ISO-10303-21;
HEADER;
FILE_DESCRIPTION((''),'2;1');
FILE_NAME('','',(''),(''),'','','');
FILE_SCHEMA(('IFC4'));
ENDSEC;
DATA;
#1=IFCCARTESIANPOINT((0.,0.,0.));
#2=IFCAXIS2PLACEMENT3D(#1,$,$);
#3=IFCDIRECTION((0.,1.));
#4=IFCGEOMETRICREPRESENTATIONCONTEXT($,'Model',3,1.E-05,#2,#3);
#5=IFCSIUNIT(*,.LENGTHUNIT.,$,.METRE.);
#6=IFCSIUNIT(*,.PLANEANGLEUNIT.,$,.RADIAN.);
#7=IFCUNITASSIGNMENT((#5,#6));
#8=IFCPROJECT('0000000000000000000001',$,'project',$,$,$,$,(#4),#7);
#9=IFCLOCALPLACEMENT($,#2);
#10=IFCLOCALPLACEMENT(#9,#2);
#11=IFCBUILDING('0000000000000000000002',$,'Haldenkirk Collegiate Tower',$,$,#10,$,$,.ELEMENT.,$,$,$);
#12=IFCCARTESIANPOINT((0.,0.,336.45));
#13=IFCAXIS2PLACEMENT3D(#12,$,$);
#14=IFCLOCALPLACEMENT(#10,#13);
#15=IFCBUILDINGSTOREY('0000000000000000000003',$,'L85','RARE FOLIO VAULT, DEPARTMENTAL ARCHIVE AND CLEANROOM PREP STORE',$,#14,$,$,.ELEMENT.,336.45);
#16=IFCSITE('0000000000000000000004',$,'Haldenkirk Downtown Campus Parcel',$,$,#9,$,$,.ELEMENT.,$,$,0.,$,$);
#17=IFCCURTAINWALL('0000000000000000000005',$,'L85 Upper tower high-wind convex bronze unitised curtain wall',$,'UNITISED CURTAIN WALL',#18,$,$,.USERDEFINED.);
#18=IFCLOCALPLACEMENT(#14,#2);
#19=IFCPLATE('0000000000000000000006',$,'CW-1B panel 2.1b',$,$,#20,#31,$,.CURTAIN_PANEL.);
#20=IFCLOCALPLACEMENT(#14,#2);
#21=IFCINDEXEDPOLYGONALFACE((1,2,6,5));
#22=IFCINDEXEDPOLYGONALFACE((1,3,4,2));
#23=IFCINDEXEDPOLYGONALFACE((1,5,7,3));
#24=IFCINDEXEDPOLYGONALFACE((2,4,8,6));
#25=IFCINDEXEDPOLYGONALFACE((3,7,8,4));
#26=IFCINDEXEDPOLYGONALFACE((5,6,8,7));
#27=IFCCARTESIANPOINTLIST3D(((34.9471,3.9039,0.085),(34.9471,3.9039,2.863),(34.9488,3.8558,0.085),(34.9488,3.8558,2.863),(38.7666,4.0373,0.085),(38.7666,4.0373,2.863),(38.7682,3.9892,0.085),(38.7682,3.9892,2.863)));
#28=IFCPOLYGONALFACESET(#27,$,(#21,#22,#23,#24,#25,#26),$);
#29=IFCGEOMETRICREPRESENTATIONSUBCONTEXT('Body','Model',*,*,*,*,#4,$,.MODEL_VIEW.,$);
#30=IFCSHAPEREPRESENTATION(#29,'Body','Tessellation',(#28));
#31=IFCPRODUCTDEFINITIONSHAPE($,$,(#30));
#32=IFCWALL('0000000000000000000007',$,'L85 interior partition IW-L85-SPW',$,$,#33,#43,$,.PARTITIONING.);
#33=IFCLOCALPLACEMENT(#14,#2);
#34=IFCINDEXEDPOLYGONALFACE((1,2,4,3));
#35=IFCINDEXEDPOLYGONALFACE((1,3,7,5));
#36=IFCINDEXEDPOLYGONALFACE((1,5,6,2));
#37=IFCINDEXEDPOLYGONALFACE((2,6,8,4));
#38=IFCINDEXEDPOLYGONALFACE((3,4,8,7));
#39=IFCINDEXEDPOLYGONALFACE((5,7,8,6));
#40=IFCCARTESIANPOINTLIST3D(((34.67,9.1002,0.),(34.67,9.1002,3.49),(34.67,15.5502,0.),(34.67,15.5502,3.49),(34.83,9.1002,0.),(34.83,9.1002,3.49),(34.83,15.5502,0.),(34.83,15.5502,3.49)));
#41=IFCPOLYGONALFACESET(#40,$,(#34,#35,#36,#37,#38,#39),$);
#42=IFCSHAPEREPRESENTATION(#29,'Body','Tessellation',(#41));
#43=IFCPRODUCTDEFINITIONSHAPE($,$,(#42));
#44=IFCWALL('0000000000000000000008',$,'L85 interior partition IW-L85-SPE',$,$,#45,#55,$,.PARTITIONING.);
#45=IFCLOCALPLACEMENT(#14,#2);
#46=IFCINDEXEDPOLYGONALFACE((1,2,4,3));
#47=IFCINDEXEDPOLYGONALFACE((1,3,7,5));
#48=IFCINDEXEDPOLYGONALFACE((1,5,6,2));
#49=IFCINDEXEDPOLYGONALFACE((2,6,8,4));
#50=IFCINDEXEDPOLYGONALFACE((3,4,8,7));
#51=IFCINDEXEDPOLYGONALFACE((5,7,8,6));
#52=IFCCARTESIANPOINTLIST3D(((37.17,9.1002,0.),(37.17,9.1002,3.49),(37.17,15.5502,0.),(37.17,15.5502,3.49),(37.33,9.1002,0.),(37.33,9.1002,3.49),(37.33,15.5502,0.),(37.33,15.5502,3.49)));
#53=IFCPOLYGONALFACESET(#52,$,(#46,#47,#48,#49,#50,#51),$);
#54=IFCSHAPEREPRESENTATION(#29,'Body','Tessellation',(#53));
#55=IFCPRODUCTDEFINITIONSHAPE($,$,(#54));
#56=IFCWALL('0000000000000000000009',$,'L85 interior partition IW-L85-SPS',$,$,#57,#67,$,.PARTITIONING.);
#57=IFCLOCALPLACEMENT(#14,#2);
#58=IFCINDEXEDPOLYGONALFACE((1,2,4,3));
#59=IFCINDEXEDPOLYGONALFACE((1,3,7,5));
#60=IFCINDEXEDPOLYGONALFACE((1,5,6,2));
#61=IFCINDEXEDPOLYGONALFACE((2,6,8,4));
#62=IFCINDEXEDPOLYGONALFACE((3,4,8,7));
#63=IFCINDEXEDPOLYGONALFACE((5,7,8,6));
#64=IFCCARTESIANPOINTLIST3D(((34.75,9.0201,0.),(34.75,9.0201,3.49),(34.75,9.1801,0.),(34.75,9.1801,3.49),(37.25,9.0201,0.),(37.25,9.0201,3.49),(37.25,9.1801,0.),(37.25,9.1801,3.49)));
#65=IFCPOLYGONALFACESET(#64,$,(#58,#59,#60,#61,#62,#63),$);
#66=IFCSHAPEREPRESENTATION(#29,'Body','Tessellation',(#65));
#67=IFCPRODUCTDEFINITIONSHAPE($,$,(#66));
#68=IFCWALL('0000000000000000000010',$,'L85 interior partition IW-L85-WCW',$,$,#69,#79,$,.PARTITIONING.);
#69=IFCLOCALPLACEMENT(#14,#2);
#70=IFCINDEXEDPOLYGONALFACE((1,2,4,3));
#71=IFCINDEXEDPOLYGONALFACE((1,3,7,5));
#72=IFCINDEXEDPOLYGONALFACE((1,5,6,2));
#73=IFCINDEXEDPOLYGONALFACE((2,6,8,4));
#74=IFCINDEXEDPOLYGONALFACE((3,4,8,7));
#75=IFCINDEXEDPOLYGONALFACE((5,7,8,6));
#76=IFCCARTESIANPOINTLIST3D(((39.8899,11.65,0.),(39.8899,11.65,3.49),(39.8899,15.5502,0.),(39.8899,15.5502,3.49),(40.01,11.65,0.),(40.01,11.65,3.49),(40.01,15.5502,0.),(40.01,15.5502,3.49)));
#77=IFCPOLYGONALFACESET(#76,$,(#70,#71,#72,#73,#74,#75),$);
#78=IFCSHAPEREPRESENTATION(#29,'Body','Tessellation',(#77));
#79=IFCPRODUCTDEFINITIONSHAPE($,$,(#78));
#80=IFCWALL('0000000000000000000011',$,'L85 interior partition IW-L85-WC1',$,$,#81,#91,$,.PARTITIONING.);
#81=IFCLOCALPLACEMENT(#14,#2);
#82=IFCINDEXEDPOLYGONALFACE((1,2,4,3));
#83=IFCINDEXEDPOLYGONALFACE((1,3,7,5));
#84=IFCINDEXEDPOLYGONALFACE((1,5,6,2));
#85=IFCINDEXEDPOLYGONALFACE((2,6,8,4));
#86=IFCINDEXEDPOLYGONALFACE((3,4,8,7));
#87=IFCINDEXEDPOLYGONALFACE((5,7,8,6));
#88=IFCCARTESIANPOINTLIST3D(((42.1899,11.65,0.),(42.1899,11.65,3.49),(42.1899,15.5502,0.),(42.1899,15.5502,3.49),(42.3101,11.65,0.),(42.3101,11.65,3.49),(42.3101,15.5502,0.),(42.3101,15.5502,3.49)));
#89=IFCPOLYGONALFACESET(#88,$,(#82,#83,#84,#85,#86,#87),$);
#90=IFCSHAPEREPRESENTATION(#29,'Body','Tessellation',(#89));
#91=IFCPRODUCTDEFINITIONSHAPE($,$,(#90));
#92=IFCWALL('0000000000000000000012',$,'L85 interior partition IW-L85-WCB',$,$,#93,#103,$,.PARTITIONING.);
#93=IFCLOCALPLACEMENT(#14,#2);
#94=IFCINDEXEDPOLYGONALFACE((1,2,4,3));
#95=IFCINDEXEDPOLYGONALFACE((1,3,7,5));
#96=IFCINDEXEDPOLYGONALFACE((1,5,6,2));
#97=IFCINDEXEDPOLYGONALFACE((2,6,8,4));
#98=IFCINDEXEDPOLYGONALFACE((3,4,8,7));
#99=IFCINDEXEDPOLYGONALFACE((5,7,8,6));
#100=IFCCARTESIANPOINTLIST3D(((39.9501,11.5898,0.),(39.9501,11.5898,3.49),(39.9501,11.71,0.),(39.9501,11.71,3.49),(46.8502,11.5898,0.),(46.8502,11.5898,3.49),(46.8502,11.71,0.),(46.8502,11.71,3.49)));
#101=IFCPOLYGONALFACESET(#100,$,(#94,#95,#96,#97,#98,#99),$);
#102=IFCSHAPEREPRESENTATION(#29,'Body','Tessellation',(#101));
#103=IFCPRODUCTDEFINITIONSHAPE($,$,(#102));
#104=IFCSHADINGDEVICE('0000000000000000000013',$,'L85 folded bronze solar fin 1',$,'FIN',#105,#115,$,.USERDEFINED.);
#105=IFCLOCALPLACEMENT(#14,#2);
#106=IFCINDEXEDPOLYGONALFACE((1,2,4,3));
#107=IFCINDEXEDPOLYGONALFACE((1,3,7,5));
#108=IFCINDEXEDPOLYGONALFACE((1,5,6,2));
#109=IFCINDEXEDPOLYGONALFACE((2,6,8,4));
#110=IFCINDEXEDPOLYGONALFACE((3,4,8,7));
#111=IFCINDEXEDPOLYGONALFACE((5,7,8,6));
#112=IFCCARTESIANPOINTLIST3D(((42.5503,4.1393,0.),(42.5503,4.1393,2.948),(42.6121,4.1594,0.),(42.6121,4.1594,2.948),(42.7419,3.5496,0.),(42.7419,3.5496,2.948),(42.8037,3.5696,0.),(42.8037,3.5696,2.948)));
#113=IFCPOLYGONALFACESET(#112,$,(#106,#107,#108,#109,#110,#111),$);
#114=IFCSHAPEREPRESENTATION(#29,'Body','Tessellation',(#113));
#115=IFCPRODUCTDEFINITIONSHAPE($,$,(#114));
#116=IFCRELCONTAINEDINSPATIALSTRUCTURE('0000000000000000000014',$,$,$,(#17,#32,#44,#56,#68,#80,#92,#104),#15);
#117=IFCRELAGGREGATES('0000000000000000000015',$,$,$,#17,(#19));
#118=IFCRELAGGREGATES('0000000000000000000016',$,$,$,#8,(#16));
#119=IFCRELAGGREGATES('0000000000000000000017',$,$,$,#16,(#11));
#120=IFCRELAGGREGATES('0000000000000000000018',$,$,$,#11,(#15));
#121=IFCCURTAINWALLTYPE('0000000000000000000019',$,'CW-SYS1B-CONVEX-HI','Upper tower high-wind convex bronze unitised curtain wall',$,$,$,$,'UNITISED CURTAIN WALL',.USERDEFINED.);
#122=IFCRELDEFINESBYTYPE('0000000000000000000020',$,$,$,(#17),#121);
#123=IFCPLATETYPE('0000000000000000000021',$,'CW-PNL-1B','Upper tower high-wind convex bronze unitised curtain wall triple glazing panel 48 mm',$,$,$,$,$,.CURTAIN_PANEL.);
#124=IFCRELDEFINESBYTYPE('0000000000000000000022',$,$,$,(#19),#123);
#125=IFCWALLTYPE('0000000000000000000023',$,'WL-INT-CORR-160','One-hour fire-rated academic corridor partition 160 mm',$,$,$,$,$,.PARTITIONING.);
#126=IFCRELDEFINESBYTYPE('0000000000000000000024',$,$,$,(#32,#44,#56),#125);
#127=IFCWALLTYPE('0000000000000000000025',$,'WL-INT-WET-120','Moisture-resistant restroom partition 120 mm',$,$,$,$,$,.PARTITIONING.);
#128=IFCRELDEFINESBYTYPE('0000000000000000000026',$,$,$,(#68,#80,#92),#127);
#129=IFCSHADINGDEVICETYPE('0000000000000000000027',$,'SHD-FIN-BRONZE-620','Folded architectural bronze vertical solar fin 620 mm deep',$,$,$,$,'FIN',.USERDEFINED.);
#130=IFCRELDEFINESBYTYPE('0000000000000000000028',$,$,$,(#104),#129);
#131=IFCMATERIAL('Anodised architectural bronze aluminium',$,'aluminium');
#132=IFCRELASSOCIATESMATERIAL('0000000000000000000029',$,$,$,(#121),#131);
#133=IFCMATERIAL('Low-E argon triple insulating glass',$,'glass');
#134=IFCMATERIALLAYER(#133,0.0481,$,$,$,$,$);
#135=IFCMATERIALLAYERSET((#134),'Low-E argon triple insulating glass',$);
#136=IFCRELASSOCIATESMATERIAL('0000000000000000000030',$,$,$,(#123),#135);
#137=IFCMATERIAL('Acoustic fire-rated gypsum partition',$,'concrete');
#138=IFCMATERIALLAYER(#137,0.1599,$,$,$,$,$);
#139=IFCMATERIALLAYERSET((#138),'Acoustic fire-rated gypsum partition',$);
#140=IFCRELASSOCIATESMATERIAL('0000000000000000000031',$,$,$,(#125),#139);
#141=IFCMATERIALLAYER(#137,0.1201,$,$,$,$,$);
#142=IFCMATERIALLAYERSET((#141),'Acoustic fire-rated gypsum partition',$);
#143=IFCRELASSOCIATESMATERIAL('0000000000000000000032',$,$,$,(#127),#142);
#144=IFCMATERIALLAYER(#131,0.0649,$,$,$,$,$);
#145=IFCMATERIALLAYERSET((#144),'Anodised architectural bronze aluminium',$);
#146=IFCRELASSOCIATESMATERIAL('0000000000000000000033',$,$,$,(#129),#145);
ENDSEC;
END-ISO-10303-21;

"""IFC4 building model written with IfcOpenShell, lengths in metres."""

from ifc_helpers import new_model, si_unit, direction, frame, frame_2d, origin, origin_2d, place, context, subcontext, project, spatial, rectangle, extrude, source, transform, mapped, material, layer, layer_set, type_object, element, aggregate, save


model = new_model("IFC4")

# Units and contexts
model_context = context("Model", 3, precision=1e-05, world=origin(), true_north=direction((0.0, 1.0)))
body_context = subcontext(model_context, "Body", "Model", "MODEL_VIEW")
ifc_project = project(units=[si_unit("LENGTHUNIT", "METRE"), si_unit("PLANEANGLEUNIT", "RADIAN")], contexts=[model_context])

# Site, building, storey
site_placement = place(None, origin())
site = spatial("IfcSite", under=ifc_project, at=site_placement, Name="Haldenkirk Downtown Campus Parcel", CompositionType="ELEMENT", RefElevation=0.0)
building_placement = place(site_placement, origin())
building = spatial("IfcBuilding", under=site, at=building_placement, Name="Haldenkirk Collegiate Tower", CompositionType="ELEMENT")
storey_placement = place(building_placement, frame((0.0, 0.0, 336.45)))
storey = spatial("IfcBuildingStorey", under=building, at=storey_placement, Name="L85", Description="RARE FOLIO VAULT, DEPARTMENTAL ARCHIVE AND CLEANROOM PREP STORE", CompositionType="ELEMENT", Elevation=336.45)

# Curtain wall, plate
ifc_material_1 = material(Name="Anodised architectural bronze aluminium", Category="aluminium")
curtain_wall_type = type_object("IfcCurtainWallType", Name="CW-SYS1B-CONVEX-HI", Description="Upper tower high-wind convex bronze unitised curtain wall", ElementType="UNITISED CURTAIN WALL", PredefinedType="USERDEFINED", material=ifc_material_1)
curtain_wall_placement = place(storey_placement, origin())
curtain_wall = element("IfcCurtainWall", 1, at=curtain_wall_placement, inside=storey, type_object=curtain_wall_type, Name="L85 Upper tower high-wind convex bronze unitised curtain wall", ObjectType="UNITISED CURTAIN WALL", PredefinedType="USERDEFINED")
ifc_material_2 = material(Name="Low-E argon triple insulating glass", Category="glass")
ifc_layer_1 = layer(ifc_material_2, 0.0481)
ifc_layer_set_1 = layer_set([ifc_layer_1], Name="Low-E argon triple insulating glass")
plate_type_1 = type_object("IfcPlateType", Name="CW-PNL-1B", Description="Upper tower high-wind convex bronze unitised curtain wall triple glazing panel 48 mm", PredefinedType="CURTAIN_PANEL", material=ifc_layer_set_1)
shared_shape_1 = source(origin(), body_context, "Body", "SweptSolid", [
    extrude(rectangle(XDim=3.8218, YDim=0.0481, at=origin_2d()), origin(), (0.0, 0.0, 1.0), 2.7781),
])
plate_1_placement = place(storey_placement, frame((36.8577, 3.9465, 0.085), z_axis=(0.0, 0.0, 1.0), x_axis=(-0.999391, -0.034902, 0.0)))
plate_1 = element("IfcPlate", 2, at=plate_1_placement, type_object=plate_type_1, Name="CW-1B panel 2.1b", PredefinedType="CURTAIN_PANEL", context=body_context, shape_type="MappedRepresentation", body=[
    mapped(shared_shape_1, transform((0.0, 0.0, 0.0), x_axis=(1.0, 0.0, 0.0), y_axis=(0.0, 1.0, 0.0), z_axis=(0.0, 0.0, 1.0), scale=1.0)),
])
aggregate(curtain_wall, [plate_1])

# Walls
ifc_material_3 = material(Name="Acoustic fire-rated gypsum partition", Category="concrete")
ifc_layer_2 = layer(ifc_material_3, 0.1599)
ifc_layer_set_2 = layer_set([ifc_layer_2], Name="Acoustic fire-rated gypsum partition")
wall_type_1 = type_object("IfcWallType", Name="WL-INT-CORR-160", Description="One-hour fire-rated academic corridor partition 160 mm", PredefinedType="PARTITIONING", material=ifc_layer_set_2)
for number, where, z_axis, x_axis, name in (
    (3, (34.75, 9.1001, 0.0), (0.0, 0.0, 1.0), (0.0, 1.0, 0.0), "L85 interior partition IW-L85-SPW"),
    (4, (37.25, 9.1001, 0.0), (0.0, 0.0, 1.0), (0.0, 1.0, 0.0), "L85 interior partition IW-L85-SPE"),
):
    element("IfcWall", number, at=place(storey_placement, frame(where, z_axis=z_axis, x_axis=x_axis)), inside=storey, type_object=wall_type_1, Name=name, PredefinedType="PARTITIONING", context=body_context, shape_type="SweptSolid", body=[
        extrude(rectangle(XDim=6.45, YDim=0.1599, at=frame_2d((3.2251, 0.0))), origin(), (0.0, 0.0, 1.0), 3.49),
    ])
wall_1_placement = place(storey_placement, frame((34.75, 9.1001, 0.0), z_axis=(0.0, 0.0, 1.0), x_axis=(1.0, 0.0, 0.0)))
element("IfcWall", 5, at=wall_1_placement, inside=storey, type_object=wall_type_1, Name="L85 interior partition IW-L85-SPS", PredefinedType="PARTITIONING", context=body_context, shape_type="SweptSolid", body=[
    extrude(rectangle(XDim=2.5, YDim=0.1599, at=frame_2d((1.25, 0.0))), origin(), (0.0, 0.0, 1.0), 3.49),
])
ifc_layer_3 = layer(ifc_material_3, 0.1201)
ifc_layer_set_3 = layer_set([ifc_layer_3], Name="Acoustic fire-rated gypsum partition")
wall_type_2 = type_object("IfcWallType", Name="WL-INT-WET-120", Description="Moisture-resistant restroom partition 120 mm", PredefinedType="PARTITIONING", material=ifc_layer_set_3)
for number, where, z_axis, x_axis, name in (
    (6, (39.95, 11.6499, 0.0), (0.0, 0.0, 1.0), (0.0, 1.0, 0.0), "L85 interior partition IW-L85-WCW"),
    (7, (42.25, 11.6499, 0.0), (0.0, 0.0, 1.0), (0.0, 1.0, 0.0), "L85 interior partition IW-L85-WC1"),
):
    element("IfcWall", number, at=place(storey_placement, frame(where, z_axis=z_axis, x_axis=x_axis)), inside=storey, type_object=wall_type_2, Name=name, PredefinedType="PARTITIONING", context=body_context, shape_type="SweptSolid", body=[
        extrude(rectangle(XDim=3.9001, YDim=0.1201, at=frame_2d((1.9502, 0.0))), origin(), (0.0, 0.0, 1.0), 3.49),
    ])
wall_2_placement = place(storey_placement, frame((39.95, 11.6499, 0.0), z_axis=(0.0, 0.0, 1.0), x_axis=(1.0, 0.0, 0.0)))
element("IfcWall", 8, at=wall_2_placement, inside=storey, type_object=wall_type_2, Name="L85 interior partition IW-L85-WCB", PredefinedType="PARTITIONING", context=body_context, shape_type="SweptSolid", body=[
    extrude(rectangle(XDim=6.9001, YDim=0.1201, at=frame_2d((3.4502, 0.0))), origin(), (0.0, 0.0, 1.0), 3.49),
])

# Shading device
ifc_layer_4 = layer(ifc_material_1, 0.0649)
ifc_layer_set_4 = layer_set([ifc_layer_4], Name="Anodised architectural bronze aluminium")
shading_device_type = type_object("IfcShadingDeviceType", Name="SHD-FIN-BRONZE-620", Description="Folded architectural bronze vertical solar fin 620 mm deep", ElementType="FIN", PredefinedType="USERDEFINED", material=ifc_layer_set_4)
shared_shape_2 = source(origin(), body_context, "Body", "SweptSolid", [
    extrude(rectangle(XDim=0.6201, YDim=0.0649, at=origin_2d()), origin(), (0.0, 0.0, 1.0), 2.948),
])
shading_device_placement = place(storey_placement, frame((42.677, 3.8545, 0.0), z_axis=(0.0, 0.0, 1.0), x_axis=(0.309017, -0.951057, 0.0)))
element("IfcShadingDevice", 9, at=shading_device_placement, inside=storey, type_object=shading_device_type, Name="L85 folded bronze solar fin 1", ObjectType="FIN", PredefinedType="USERDEFINED", context=body_context, shape_type="MappedRepresentation", body=[
    mapped(shared_shape_2, transform((0.0, 0.0, 0.0), x_axis=(1.0, 0.0, 0.0), y_axis=(0.0, 1.0, 0.0), z_axis=(0.0, 0.0, 1.0), scale=1.0)),
])

save(model, "model.ifc")
